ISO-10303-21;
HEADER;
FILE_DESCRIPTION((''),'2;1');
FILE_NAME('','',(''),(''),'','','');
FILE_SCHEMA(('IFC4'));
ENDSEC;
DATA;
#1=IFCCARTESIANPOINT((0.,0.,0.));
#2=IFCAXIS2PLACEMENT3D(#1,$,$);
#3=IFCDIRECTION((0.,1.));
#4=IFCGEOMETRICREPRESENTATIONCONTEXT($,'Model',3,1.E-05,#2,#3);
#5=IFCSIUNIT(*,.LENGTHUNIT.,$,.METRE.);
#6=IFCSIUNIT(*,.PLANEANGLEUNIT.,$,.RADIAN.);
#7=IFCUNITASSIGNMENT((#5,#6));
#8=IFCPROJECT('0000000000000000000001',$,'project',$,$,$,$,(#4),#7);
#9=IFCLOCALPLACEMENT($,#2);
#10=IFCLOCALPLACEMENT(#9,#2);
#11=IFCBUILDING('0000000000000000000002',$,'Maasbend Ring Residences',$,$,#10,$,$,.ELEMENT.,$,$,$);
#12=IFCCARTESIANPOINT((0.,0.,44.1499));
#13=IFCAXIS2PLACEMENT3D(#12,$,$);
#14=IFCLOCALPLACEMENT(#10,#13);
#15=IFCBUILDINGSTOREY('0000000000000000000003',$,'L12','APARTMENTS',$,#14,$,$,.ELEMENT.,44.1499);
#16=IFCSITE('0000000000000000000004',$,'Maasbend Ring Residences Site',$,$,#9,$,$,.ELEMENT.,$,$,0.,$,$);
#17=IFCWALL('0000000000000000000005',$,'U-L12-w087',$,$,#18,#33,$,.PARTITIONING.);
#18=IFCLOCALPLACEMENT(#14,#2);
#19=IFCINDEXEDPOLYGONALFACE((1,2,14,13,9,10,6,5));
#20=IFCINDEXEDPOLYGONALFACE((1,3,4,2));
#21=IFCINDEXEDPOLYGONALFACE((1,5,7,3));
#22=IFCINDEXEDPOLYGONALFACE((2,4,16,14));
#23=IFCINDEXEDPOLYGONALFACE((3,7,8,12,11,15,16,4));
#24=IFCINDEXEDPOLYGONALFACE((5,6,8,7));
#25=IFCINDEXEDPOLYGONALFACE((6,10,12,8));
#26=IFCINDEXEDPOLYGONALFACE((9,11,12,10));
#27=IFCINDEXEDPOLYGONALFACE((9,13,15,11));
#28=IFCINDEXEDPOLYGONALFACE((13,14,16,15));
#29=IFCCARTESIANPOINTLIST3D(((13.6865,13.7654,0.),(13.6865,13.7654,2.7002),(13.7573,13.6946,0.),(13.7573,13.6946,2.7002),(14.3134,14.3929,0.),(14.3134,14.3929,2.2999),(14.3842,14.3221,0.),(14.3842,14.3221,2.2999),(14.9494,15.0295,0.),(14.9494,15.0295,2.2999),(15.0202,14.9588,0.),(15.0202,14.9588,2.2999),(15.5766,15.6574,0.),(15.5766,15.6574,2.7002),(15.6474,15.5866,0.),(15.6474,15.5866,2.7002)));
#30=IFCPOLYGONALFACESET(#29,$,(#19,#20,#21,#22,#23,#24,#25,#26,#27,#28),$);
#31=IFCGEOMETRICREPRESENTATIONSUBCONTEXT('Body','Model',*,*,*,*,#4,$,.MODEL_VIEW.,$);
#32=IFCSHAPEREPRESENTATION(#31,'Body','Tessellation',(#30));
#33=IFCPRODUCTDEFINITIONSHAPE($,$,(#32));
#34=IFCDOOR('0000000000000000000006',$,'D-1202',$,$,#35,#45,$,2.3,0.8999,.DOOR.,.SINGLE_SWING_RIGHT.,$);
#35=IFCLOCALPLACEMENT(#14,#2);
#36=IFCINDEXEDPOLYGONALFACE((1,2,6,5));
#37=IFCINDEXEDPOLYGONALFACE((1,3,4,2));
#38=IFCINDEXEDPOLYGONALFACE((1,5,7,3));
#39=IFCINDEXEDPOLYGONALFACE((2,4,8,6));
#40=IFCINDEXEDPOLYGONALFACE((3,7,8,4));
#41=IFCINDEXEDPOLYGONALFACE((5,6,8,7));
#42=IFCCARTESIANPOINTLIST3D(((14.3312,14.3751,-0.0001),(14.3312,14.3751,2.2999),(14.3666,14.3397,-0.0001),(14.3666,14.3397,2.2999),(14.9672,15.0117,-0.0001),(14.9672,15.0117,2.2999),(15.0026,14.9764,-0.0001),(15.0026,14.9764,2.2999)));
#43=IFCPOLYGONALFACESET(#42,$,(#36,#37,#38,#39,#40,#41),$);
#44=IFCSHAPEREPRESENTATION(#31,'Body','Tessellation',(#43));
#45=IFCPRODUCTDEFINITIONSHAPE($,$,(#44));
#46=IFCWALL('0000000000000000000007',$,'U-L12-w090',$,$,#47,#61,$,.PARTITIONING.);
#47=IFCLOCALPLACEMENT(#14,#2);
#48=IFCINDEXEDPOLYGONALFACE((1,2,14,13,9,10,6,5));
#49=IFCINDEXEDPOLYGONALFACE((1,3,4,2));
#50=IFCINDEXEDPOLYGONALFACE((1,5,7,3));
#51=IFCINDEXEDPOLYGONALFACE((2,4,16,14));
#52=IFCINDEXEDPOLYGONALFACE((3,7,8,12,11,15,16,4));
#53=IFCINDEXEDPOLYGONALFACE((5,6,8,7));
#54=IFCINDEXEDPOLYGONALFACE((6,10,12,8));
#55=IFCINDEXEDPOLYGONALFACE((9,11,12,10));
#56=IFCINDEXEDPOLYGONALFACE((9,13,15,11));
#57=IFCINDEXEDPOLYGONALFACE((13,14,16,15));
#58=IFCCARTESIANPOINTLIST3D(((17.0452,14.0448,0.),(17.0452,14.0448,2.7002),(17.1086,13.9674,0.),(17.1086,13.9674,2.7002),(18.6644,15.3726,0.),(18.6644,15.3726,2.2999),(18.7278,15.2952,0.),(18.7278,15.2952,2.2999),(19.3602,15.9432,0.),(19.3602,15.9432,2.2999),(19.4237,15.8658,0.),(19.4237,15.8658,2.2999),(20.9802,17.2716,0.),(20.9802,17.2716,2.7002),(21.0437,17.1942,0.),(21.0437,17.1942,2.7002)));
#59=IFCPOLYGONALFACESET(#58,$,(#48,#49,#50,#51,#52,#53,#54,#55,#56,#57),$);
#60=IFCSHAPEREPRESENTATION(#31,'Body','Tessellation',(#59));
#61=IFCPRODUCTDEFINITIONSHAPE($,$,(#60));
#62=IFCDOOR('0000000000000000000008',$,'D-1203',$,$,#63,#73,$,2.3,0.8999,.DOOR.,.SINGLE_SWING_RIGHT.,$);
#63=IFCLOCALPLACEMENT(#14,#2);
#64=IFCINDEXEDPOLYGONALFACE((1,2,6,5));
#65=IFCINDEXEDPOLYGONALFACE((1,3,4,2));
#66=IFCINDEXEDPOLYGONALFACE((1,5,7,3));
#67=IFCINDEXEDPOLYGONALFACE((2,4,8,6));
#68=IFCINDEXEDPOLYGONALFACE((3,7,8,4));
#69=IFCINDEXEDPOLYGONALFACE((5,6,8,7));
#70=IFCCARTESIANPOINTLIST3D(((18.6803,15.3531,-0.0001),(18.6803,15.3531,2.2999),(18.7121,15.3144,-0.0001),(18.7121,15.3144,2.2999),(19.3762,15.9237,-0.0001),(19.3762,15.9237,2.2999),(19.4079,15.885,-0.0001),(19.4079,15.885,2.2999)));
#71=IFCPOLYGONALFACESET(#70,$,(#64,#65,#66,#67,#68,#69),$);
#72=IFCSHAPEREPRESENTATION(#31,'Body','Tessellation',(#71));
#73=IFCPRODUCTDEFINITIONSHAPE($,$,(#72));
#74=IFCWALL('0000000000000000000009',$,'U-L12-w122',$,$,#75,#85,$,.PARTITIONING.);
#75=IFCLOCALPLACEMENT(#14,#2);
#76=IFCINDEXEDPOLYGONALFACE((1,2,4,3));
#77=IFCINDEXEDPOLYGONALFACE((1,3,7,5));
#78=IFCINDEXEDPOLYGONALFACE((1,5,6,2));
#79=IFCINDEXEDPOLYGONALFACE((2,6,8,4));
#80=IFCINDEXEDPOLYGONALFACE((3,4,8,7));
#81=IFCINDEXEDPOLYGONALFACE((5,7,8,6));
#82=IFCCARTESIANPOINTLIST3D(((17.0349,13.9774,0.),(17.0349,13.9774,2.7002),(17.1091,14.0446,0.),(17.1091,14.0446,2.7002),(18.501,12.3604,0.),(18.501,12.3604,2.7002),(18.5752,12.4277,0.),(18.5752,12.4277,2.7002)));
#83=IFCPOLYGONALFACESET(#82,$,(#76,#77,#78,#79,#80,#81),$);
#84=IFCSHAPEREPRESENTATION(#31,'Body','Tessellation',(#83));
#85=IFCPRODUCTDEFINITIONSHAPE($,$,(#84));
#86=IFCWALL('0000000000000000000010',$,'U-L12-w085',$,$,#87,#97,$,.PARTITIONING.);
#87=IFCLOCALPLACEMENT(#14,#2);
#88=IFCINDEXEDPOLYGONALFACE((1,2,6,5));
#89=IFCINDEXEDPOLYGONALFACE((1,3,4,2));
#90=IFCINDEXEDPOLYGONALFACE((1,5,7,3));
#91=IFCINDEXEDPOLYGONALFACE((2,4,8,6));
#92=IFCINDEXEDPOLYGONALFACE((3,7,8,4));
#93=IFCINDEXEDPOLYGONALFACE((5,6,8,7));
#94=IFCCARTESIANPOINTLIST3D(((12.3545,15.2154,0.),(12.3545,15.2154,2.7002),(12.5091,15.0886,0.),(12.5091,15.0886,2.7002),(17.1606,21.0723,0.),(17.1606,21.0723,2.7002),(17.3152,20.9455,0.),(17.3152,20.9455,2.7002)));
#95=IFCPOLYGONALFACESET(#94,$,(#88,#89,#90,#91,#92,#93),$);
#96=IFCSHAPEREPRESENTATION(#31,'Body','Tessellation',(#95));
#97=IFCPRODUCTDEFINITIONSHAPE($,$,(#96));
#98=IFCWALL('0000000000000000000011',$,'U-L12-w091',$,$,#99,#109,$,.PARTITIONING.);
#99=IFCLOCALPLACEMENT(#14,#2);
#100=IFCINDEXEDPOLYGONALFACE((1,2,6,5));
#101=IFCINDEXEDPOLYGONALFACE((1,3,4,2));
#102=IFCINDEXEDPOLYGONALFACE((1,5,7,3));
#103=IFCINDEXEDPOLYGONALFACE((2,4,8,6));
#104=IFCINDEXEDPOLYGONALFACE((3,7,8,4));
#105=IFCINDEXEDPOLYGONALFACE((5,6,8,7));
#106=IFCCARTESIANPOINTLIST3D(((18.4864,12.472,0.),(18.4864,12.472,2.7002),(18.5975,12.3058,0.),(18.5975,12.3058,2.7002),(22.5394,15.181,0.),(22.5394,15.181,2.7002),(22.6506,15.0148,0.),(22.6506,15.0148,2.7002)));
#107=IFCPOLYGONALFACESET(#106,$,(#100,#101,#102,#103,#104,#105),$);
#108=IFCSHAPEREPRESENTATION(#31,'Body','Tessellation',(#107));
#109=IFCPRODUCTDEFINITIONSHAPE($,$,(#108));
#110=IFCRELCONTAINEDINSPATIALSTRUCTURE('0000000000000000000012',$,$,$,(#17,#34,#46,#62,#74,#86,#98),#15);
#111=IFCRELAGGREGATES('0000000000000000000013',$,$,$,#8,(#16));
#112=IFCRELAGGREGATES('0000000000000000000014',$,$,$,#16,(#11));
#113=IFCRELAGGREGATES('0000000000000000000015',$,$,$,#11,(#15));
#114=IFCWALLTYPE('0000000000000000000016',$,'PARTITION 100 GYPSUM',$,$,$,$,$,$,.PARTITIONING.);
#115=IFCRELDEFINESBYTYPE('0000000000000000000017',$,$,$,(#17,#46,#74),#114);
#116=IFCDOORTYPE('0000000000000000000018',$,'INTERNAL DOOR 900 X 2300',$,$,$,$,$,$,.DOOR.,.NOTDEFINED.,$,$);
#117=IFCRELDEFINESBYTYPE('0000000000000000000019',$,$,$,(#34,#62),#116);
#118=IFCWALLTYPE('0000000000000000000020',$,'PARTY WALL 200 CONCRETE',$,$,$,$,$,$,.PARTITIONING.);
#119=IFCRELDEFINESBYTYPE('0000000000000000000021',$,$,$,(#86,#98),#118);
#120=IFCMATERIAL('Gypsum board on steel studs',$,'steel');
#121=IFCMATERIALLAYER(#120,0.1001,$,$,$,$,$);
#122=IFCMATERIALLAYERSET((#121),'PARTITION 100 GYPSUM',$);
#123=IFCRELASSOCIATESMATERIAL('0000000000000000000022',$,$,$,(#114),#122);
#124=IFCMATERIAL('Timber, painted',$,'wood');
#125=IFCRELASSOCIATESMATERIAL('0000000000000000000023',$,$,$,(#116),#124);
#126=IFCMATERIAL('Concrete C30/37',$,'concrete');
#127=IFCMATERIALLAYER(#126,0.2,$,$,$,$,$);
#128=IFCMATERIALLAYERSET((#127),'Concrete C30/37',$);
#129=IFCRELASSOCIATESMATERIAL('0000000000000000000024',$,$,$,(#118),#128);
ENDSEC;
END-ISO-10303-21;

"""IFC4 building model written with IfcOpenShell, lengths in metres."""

from ifc_helpers import new_model, si_unit, direction, frame, frame_2d, origin, place, context, subcontext, project, spatial, rectangle, extrude, material, layer, layer_set, type_object, element, fill, save


model = new_model("IFC4")

# Units and contexts
model_context = context("Model", 3, precision=1e-05, world=origin(), true_north=direction((0.0, 1.0)))
body_context = subcontext(model_context, "Body", "Model", "MODEL_VIEW")
ifc_project = project(units=[si_unit("LENGTHUNIT", "METRE"), si_unit("PLANEANGLEUNIT", "RADIAN")], contexts=[model_context])

# Site, building, storey
site_placement = place(None, origin())
site = spatial("IfcSite", under=ifc_project, at=site_placement, Name="Maasbend Ring Residences Site", CompositionType="ELEMENT", RefElevation=0.0)
building_placement = place(site_placement, origin())
building = spatial("IfcBuilding", under=site, at=building_placement, Name="Maasbend Ring Residences", CompositionType="ELEMENT")
storey_placement = place(building_placement, frame((0.0, 0.0, 44.1499)))
storey = spatial("IfcBuildingStorey", under=building, at=storey_placement, Name="L12", Description="APARTMENTS", CompositionType="ELEMENT", Elevation=44.1499)

# Shared definitions
ifc_material_1 = material(Name="Gypsum board on steel studs", Category="steel")
ifc_layer_1 = layer(ifc_material_1, 0.1001)
ifc_layer_set_1 = layer_set([ifc_layer_1], Name="PARTITION 100 GYPSUM")
wall_type_1 = type_object("IfcWallType", Name="PARTITION 100 GYPSUM", PredefinedType="PARTITIONING", material=ifc_layer_set_1)

# Walls, openings, doors
wall_1_placement = place(storey_placement, frame((13.7219, 13.73, 0.0), z_axis=(0.0, 0.0, 1.0), x_axis=(0.706742, 0.707472, 0.0)))
wall_1 = element("IfcWall", 1, at=wall_1_placement, inside=storey, type_object=wall_type_1, Name="U-L12-w087", PredefinedType="PARTITIONING", context=body_context, shape_type="SweptSolid", body=[
    extrude(rectangle(XDim=2.6743, YDim=0.1001, at=frame_2d((1.3372, 0.0))), origin(), (0.0, 0.0, 1.0), 2.7002),
])
opening_1_placement = place(wall_1_placement, frame((0.887, 0.0, 0.0)))
opening_1 = element("IfcOpeningElement", 2, at=opening_1_placement, cuts=wall_1, PredefinedType="OPENING", context=body_context, shape_type="SweptSolid", body=[
    extrude(rectangle(XDim=0.8999, YDim=2.3, at=frame_2d((0.45, 1.1499))), frame((0.0, 0.0601, 0.0), z_axis=(0.0, -1.0, 0.0), x_axis=(1.0, 0.0, 0.0)), (0.0, 0.0, 1.0), 0.1201),
])
ifc_material_2 = material(Name="Timber, painted", Category="wood")
door_type_1 = type_object("IfcDoorType", Name="INTERNAL DOOR 900 X 2300", OperationType="NOTDEFINED", PredefinedType="DOOR", material=ifc_material_2)
door_1_placement = place(opening_1_placement, origin())
door_1 = element("IfcDoor", 3, at=door_1_placement, inside=storey, type_object=door_type_1, Name="D-1202", OperationType="SINGLE_SWING_RIGHT", OverallHeight=2.3, OverallWidth=0.8999, PredefinedType="DOOR", context=body_context, shape_type="SweptSolid", body=[
    extrude(rectangle(XDim=0.8999, YDim=2.3, at=frame_2d((0.45, 1.1499))), frame((0.0, 0.0249, 0.0), z_axis=(0.0, -1.0, 0.0), x_axis=(1.0, 0.0, 0.0)), (0.0, 0.0, 1.0), 0.05),
])
fill(opening_1, door_1)
wall_2_placement = place(storey_placement, frame((17.0769, 14.0061, 0.0), z_axis=(0.0, 0.0, 1.0), x_axis=(0.773262, 0.634086, 0.0)))
wall_2 = element("IfcWall", 4, at=wall_2_placement, inside=storey, type_object=wall_type_1, Name="U-L12-w090", PredefinedType="PARTITIONING", context=body_context, shape_type="SweptSolid", body=[
    extrude(rectangle(XDim=5.0889, YDim=0.1001, at=frame_2d((2.5444, 0.0))), origin(), (0.0, 0.0, 1.0), 2.7002),
])
opening_2_placement = place(wall_2_placement, frame((2.094, 0.0, 0.0)))
opening_2 = element("IfcOpeningElement", 5, at=opening_2_placement, cuts=wall_2, PredefinedType="OPENING", context=body_context, shape_type="SweptSolid", body=[
    extrude(rectangle(XDim=0.8999, YDim=2.3, at=frame_2d((0.45, 1.1499))), frame((0.0, 0.0601, 0.0), z_axis=(0.0, -1.0, 0.0), x_axis=(1.0, 0.0, 0.0)), (0.0, 0.0, 1.0), 0.1201),
])
door_2_placement = place(opening_2_placement, origin())
door_2 = element("IfcDoor", 6, at=door_2_placement, inside=storey, type_object=door_type_1, Name="D-1203", OperationType="SINGLE_SWING_RIGHT", OverallHeight=2.3, OverallWidth=0.8999, PredefinedType="DOOR", context=body_context, shape_type="SweptSolid", body=[
    extrude(rectangle(XDim=0.8999, YDim=2.3, at=frame_2d((0.45, 1.1499))), frame((0.0, 0.0249, 0.0), z_axis=(0.0, -1.0, 0.0), x_axis=(1.0, 0.0, 0.0)), (0.0, 0.0, 1.0), 0.05),
])
fill(opening_2, door_2)

# Walls
wall_3_placement = place(storey_placement, frame((17.072, 14.011, 0.0), z_axis=(0.0, 0.0, 1.0), x_axis=(0.671698, -0.740825, 0.0)))
element("IfcWall", 7, at=wall_3_placement, inside=storey, type_object=wall_type_1, Name="U-L12-w122", PredefinedType="PARTITIONING", context=body_context, shape_type="SweptSolid", body=[
    extrude(rectangle(XDim=2.1826, YDim=0.1001, at=frame_2d((1.0913, 0.0))), origin(), (0.0, 0.0, 1.0), 2.7002),
])
ifc_material_3 = material(Name="Concrete C30/37", Category="concrete")
ifc_layer_2 = layer(ifc_material_3, 0.2)
ifc_layer_set_2 = layer_set([ifc_layer_2], Name="Concrete C30/37")
wall_type_2 = type_object("IfcWallType", Name="PARTY WALL 200 CONCRETE", PredefinedType="PARTITIONING", material=ifc_layer_set_2)
wall_4_placement = place(storey_placement, frame((12.4319, 15.1521, 0.0), z_axis=(0.0, 0.0, 1.0), x_axis=(0.634353, 0.773043, 0.0)))
element("IfcWall", 8, at=wall_4_placement, inside=storey, type_object=wall_type_2, Name="U-L12-w085", PredefinedType="PARTITIONING", context=body_context, shape_type="SweptSolid", body=[
    extrude(rectangle(XDim=7.5764, YDim=0.2, at=frame_2d((3.7881, 0.0))), origin(), (0.0, 0.0, 1.0), 2.7002),
])
wall_5_placement = place(storey_placement, frame((18.542, 12.3889, 0.0), z_axis=(0.0, 0.0, 1.0), x_axis=(0.831387, 0.555694, 0.0)))
element("IfcWall", 9, at=wall_5_placement, inside=storey, type_object=wall_type_2, Name="U-L12-w091", PredefinedType="PARTITIONING", context=body_context, shape_type="SweptSolid", body=[
    extrude(rectangle(XDim=4.875, YDim=0.2, at=frame_2d((2.4375, 0.0))), origin(), (0.0, 0.0, 1.0), 2.7002),
])

save(model, "model.ifc")
